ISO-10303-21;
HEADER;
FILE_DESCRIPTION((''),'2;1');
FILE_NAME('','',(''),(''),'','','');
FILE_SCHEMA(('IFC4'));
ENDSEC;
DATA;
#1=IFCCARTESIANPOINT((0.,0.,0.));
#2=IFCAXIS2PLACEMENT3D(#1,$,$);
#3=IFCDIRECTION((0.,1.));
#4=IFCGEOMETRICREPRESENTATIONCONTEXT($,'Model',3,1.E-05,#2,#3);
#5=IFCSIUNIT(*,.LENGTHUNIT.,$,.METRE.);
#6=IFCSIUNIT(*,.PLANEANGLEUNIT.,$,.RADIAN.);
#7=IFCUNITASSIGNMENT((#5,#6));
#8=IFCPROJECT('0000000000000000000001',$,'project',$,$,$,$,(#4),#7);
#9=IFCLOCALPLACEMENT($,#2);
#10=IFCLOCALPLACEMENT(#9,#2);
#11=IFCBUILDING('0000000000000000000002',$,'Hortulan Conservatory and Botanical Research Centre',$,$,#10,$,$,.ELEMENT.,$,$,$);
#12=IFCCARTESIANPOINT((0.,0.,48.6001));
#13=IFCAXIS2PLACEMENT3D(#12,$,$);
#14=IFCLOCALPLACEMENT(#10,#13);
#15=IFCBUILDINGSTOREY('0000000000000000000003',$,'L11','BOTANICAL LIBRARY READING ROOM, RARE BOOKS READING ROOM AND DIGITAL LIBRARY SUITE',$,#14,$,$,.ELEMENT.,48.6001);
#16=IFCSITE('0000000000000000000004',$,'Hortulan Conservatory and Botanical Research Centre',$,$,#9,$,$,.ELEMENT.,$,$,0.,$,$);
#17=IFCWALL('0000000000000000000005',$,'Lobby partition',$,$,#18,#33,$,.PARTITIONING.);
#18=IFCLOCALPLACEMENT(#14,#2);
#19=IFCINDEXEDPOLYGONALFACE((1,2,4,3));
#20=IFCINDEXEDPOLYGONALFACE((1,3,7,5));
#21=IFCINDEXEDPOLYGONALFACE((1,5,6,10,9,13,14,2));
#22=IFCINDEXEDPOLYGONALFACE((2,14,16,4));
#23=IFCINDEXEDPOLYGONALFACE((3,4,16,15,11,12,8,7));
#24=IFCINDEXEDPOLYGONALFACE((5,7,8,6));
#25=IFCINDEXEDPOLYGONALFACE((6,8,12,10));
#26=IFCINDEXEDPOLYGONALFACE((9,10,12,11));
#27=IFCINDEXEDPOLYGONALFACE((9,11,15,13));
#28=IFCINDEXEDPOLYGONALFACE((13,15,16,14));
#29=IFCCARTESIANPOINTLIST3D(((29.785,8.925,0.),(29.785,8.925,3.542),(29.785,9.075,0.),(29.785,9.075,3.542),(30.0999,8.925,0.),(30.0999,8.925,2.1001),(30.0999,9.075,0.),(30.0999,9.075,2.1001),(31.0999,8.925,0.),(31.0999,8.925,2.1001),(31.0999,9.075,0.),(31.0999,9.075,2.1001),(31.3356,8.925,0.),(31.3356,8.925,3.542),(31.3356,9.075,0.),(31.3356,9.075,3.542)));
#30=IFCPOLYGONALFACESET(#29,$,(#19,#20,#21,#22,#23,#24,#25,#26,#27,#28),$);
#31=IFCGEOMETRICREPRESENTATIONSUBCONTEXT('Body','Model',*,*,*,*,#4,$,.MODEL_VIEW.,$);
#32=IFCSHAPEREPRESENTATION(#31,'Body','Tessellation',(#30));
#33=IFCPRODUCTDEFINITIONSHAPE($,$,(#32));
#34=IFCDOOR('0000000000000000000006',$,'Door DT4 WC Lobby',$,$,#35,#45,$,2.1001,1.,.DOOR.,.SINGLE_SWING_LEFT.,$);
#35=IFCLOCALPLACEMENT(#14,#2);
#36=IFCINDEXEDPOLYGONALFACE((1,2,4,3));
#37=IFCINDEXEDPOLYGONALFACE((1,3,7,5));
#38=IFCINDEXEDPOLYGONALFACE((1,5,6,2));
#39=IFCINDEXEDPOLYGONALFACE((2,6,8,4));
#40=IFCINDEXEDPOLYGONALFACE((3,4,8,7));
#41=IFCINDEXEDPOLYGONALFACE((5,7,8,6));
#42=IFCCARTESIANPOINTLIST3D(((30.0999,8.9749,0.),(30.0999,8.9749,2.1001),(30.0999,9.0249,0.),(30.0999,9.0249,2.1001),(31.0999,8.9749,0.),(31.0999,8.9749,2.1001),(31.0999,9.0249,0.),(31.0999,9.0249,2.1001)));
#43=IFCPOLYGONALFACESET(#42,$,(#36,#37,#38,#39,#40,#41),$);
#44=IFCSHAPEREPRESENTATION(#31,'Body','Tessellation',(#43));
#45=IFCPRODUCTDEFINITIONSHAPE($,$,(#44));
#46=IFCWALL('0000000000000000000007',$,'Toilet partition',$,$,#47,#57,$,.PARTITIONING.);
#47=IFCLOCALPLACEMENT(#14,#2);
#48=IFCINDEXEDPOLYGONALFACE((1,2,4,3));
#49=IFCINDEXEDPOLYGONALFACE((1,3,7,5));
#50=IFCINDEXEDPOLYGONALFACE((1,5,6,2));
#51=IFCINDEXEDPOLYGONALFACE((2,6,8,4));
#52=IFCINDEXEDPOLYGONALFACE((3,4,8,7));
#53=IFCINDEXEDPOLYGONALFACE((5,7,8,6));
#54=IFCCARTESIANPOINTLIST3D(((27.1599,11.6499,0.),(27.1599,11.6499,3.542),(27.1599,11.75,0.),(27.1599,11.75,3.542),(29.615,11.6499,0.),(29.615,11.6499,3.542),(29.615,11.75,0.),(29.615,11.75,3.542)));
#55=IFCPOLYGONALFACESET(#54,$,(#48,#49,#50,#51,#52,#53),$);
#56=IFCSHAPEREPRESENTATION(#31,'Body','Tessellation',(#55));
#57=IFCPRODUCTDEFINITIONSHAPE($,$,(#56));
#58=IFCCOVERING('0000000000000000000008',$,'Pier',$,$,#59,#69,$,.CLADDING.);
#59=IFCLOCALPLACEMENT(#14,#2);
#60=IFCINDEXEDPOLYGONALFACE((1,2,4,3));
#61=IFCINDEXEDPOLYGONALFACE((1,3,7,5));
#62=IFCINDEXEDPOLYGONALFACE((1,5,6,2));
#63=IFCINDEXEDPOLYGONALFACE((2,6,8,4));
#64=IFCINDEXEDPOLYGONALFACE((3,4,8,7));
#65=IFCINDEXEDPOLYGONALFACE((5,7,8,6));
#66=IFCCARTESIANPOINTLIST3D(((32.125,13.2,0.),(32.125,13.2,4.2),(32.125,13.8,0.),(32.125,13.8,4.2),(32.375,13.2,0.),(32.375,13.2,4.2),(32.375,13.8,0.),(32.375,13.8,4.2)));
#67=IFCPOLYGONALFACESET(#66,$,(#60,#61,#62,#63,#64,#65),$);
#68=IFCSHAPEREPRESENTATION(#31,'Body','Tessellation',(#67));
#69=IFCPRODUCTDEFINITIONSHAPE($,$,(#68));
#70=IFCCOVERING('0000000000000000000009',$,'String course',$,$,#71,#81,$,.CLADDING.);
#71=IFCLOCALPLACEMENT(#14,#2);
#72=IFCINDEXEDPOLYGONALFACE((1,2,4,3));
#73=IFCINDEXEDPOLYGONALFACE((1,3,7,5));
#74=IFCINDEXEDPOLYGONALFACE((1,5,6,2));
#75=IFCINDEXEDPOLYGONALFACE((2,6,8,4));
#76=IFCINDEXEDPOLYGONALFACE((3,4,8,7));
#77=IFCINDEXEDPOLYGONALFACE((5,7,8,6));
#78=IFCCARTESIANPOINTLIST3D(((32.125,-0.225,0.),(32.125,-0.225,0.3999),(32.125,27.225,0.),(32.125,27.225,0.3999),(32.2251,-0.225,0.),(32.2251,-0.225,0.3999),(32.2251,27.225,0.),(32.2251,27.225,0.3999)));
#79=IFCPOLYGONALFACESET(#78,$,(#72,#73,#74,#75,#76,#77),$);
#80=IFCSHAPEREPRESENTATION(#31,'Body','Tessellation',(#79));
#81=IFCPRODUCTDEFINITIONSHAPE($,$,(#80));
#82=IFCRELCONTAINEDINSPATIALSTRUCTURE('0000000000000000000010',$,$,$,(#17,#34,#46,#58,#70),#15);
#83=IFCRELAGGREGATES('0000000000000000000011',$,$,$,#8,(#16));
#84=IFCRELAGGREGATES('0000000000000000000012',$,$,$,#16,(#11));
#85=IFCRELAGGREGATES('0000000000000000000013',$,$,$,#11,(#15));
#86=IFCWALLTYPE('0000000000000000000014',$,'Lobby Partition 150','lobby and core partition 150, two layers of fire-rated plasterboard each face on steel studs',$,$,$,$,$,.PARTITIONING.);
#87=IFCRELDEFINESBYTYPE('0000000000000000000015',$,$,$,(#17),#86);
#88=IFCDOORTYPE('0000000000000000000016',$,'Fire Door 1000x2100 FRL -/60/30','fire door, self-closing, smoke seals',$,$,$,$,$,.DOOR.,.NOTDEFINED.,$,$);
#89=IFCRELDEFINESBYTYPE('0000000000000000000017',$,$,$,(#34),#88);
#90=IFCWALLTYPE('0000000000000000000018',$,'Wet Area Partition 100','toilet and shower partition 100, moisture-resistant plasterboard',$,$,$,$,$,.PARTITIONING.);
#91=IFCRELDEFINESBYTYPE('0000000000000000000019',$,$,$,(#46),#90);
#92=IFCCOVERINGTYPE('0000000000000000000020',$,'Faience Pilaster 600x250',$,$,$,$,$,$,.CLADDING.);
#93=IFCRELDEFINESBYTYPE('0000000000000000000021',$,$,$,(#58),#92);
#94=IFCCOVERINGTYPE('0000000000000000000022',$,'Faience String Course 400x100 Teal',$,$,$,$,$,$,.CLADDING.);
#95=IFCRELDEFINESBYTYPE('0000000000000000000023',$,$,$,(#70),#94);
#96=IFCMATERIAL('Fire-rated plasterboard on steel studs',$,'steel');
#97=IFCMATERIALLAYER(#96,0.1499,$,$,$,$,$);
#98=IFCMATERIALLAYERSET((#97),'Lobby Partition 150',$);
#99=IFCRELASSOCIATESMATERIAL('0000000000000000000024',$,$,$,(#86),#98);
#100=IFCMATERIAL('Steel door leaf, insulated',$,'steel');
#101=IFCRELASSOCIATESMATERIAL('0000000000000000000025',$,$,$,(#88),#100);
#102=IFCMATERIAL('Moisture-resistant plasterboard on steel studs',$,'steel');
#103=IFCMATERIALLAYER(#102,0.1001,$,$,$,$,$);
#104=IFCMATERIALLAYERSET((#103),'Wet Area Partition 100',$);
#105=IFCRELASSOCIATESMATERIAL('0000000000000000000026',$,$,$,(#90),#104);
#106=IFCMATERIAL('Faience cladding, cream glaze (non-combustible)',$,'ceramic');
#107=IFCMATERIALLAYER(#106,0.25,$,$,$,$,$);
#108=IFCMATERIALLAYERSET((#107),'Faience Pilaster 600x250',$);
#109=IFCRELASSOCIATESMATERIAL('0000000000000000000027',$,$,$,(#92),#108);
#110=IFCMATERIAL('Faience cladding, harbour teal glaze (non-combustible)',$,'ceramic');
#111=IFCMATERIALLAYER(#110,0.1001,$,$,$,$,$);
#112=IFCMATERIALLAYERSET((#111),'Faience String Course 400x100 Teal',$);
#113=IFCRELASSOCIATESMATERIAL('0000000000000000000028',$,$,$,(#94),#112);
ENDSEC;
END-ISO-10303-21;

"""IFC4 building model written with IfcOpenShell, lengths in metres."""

from ifc_helpers import new_model, si_unit, direction, frame, frame_2d, origin, origin_2d, place, context, subcontext, project, spatial, rectangle, extrude, material, layer, layer_set, type_object, element, fill, save


model = new_model("IFC4")

# Units and contexts
model_context = context("Model", 3, precision=1e-05, world=origin(), true_north=direction((0.0, 1.0)))
body_context = subcontext(model_context, "Body", "Model", "MODEL_VIEW")
ifc_project = project(units=[si_unit("LENGTHUNIT", "METRE"), si_unit("PLANEANGLEUNIT", "RADIAN")], contexts=[model_context])

# Site, building, storey
site_placement = place(None, origin())
site = spatial("IfcSite", under=ifc_project, at=site_placement, Name="Hortulan Conservatory and Botanical Research Centre", CompositionType="ELEMENT", RefElevation=0.0)
building_placement = place(site_placement, origin())
building = spatial("IfcBuilding", under=site, at=building_placement, Name="Hortulan Conservatory and Botanical Research Centre", CompositionType="ELEMENT")
storey_placement = place(building_placement, frame((0.0, 0.0, 48.6001)))
storey = spatial("IfcBuildingStorey", under=building, at=storey_placement, Name="L11", Description="BOTANICAL LIBRARY READING ROOM, RARE BOOKS READING ROOM AND DIGITAL LIBRARY SUITE", CompositionType="ELEMENT", Elevation=48.6001)

# Wall, opening, door
ifc_material_1 = material(Name="Fire-rated plasterboard on steel studs", Category="steel")
ifc_layer_1 = layer(ifc_material_1, 0.1499)
ifc_layer_set_1 = layer_set([ifc_layer_1], Name="Lobby Partition 150")
wall_type_1 = type_object("IfcWallType", Name="Lobby Partition 150", Description="lobby and core partition 150, two layers of fire-rated plasterboard each face on steel studs", PredefinedType="PARTITIONING", material=ifc_layer_set_1)
ifc_material_2 = material(Name="Steel door leaf, insulated", Category="steel")
door_type_1 = type_object("IfcDoorType", Name="Fire Door 1000x2100 FRL -/60/30", Description="fire door, self-closing, smoke seals", OperationType="NOTDEFINED", PredefinedType="DOOR", material=ifc_material_2)
wall_1_placement = place(storey_placement, frame((29.7849, 9.0, 0.0), z_axis=(0.0, 0.0, 1.0), x_axis=(1.0, 0.0, 0.0)))
wall_1 = element("IfcWall", 1, at=wall_1_placement, inside=storey, type_object=wall_type_1, Name="Lobby partition", PredefinedType="PARTITIONING", context=body_context, shape_type="SweptSolid", body=[
    extrude(rectangle(XDim=1.5505, YDim=0.1499, at=frame_2d((0.7754, 0.0))), origin(), (0.0, 0.0, 1.0), 3.542),
])
opening_1_placement = place(wall_1_placement, frame((0.3149, 0.0, 0.0)))
opening_1 = element("IfcOpeningElement", 2, at=opening_1_placement, cuts=wall_1, PredefinedType="OPENING", context=body_context, shape_type="SweptSolid", body=[
    extrude(rectangle(XDim=1.0, YDim=2.1001, at=frame_2d((0.5, 1.05))), frame((0.0, 0.085, 0.0), z_axis=(0.0, -1.0, 0.0), x_axis=(1.0, 0.0, 0.0)), (0.0, 0.0, 1.0), 0.1699),
])
door_1_placement = place(opening_1_placement, origin())
door_1 = element("IfcDoor", 3, at=door_1_placement, inside=storey, type_object=door_type_1, Name="Door DT4 WC Lobby", OperationType="SINGLE_SWING_LEFT", OverallHeight=2.1001, OverallWidth=1.0, PredefinedType="DOOR", context=body_context, shape_type="SweptSolid", body=[
    extrude(rectangle(XDim=1.0, YDim=2.1001, at=frame_2d((0.5, 1.05))), frame((0.0, 0.0249, 0.0), z_axis=(0.0, -1.0, 0.0), x_axis=(1.0, 0.0, 0.0)), (0.0, 0.0, 1.0), 0.05),
])
fill(opening_1, door_1)

# Wall
ifc_material_3 = material(Name="Moisture-resistant plasterboard on steel studs", Category="steel")
ifc_layer_2 = layer(ifc_material_3, 0.1001)
ifc_layer_set_2 = layer_set([ifc_layer_2], Name="Wet Area Partition 100")
wall_type_2 = type_object("IfcWallType", Name="Wet Area Partition 100", Description="toilet and shower partition 100, moisture-resistant plasterboard", PredefinedType="PARTITIONING", material=ifc_layer_set_2)
wall_2_placement = place(storey_placement, frame((27.1599, 11.7, 0.0), z_axis=(0.0, 0.0, 1.0), x_axis=(1.0, 0.0, 0.0)))
element("IfcWall", 4, at=wall_2_placement, inside=storey, type_object=wall_type_2, Name="Toilet partition", PredefinedType="PARTITIONING", context=body_context, shape_type="SweptSolid", body=[
    extrude(rectangle(XDim=2.4551, YDim=0.1001, at=frame_2d((1.2275, 0.0))), origin(), (0.0, 0.0, 1.0), 3.542),
])

# Coverings
ifc_material_4 = material(Name="Faience cladding, cream glaze (non-combustible)", Category="ceramic")
ifc_layer_3 = layer(ifc_material_4, 0.25)
ifc_layer_set_3 = layer_set([ifc_layer_3], Name="Faience Pilaster 600x250")
covering_type_1 = type_object("IfcCoveringType", Name="Faience Pilaster 600x250", PredefinedType="CLADDING", material=ifc_layer_set_3)
covering_1_placement = place(storey_placement, frame((32.25, 13.5, 0.0), z_axis=(0.0, 0.0, 1.0), x_axis=(0.0, 1.0, 0.0)))
element("IfcCovering", 5, at=covering_1_placement, inside=storey, type_object=covering_type_1, Name="Pier", PredefinedType="CLADDING", context=body_context, shape_type="SweptSolid", body=[
    extrude(rectangle(XDim=0.6001, YDim=0.25, at=origin_2d()), origin(), (0.0, 0.0, 1.0), 4.2),
])
ifc_material_5 = material(Name="Faience cladding, harbour teal glaze (non-combustible)", Category="ceramic")
ifc_layer_4 = layer(ifc_material_5, 0.1001)
ifc_layer_set_4 = layer_set([ifc_layer_4], Name="Faience String Course 400x100 Teal")
covering_type_2 = type_object("IfcCoveringType", Name="Faience String Course 400x100 Teal", PredefinedType="CLADDING", material=ifc_layer_set_4)
covering_2_placement = place(storey_placement, frame((32.175, 13.5, 0.0), z_axis=(0.0, 0.0, 1.0), x_axis=(0.0, -1.0, 0.0)))
element("IfcCovering", 6, at=covering_2_placement, inside=storey, type_object=covering_type_2, Name="String course", PredefinedType="CLADDING", context=body_context, shape_type="SweptSolid", body=[
    extrude(rectangle(XDim=27.45, YDim=0.1001, at=origin_2d()), origin(), (0.0, 0.0, 1.0), 0.3999),
])

save(model, "model.ifc")
